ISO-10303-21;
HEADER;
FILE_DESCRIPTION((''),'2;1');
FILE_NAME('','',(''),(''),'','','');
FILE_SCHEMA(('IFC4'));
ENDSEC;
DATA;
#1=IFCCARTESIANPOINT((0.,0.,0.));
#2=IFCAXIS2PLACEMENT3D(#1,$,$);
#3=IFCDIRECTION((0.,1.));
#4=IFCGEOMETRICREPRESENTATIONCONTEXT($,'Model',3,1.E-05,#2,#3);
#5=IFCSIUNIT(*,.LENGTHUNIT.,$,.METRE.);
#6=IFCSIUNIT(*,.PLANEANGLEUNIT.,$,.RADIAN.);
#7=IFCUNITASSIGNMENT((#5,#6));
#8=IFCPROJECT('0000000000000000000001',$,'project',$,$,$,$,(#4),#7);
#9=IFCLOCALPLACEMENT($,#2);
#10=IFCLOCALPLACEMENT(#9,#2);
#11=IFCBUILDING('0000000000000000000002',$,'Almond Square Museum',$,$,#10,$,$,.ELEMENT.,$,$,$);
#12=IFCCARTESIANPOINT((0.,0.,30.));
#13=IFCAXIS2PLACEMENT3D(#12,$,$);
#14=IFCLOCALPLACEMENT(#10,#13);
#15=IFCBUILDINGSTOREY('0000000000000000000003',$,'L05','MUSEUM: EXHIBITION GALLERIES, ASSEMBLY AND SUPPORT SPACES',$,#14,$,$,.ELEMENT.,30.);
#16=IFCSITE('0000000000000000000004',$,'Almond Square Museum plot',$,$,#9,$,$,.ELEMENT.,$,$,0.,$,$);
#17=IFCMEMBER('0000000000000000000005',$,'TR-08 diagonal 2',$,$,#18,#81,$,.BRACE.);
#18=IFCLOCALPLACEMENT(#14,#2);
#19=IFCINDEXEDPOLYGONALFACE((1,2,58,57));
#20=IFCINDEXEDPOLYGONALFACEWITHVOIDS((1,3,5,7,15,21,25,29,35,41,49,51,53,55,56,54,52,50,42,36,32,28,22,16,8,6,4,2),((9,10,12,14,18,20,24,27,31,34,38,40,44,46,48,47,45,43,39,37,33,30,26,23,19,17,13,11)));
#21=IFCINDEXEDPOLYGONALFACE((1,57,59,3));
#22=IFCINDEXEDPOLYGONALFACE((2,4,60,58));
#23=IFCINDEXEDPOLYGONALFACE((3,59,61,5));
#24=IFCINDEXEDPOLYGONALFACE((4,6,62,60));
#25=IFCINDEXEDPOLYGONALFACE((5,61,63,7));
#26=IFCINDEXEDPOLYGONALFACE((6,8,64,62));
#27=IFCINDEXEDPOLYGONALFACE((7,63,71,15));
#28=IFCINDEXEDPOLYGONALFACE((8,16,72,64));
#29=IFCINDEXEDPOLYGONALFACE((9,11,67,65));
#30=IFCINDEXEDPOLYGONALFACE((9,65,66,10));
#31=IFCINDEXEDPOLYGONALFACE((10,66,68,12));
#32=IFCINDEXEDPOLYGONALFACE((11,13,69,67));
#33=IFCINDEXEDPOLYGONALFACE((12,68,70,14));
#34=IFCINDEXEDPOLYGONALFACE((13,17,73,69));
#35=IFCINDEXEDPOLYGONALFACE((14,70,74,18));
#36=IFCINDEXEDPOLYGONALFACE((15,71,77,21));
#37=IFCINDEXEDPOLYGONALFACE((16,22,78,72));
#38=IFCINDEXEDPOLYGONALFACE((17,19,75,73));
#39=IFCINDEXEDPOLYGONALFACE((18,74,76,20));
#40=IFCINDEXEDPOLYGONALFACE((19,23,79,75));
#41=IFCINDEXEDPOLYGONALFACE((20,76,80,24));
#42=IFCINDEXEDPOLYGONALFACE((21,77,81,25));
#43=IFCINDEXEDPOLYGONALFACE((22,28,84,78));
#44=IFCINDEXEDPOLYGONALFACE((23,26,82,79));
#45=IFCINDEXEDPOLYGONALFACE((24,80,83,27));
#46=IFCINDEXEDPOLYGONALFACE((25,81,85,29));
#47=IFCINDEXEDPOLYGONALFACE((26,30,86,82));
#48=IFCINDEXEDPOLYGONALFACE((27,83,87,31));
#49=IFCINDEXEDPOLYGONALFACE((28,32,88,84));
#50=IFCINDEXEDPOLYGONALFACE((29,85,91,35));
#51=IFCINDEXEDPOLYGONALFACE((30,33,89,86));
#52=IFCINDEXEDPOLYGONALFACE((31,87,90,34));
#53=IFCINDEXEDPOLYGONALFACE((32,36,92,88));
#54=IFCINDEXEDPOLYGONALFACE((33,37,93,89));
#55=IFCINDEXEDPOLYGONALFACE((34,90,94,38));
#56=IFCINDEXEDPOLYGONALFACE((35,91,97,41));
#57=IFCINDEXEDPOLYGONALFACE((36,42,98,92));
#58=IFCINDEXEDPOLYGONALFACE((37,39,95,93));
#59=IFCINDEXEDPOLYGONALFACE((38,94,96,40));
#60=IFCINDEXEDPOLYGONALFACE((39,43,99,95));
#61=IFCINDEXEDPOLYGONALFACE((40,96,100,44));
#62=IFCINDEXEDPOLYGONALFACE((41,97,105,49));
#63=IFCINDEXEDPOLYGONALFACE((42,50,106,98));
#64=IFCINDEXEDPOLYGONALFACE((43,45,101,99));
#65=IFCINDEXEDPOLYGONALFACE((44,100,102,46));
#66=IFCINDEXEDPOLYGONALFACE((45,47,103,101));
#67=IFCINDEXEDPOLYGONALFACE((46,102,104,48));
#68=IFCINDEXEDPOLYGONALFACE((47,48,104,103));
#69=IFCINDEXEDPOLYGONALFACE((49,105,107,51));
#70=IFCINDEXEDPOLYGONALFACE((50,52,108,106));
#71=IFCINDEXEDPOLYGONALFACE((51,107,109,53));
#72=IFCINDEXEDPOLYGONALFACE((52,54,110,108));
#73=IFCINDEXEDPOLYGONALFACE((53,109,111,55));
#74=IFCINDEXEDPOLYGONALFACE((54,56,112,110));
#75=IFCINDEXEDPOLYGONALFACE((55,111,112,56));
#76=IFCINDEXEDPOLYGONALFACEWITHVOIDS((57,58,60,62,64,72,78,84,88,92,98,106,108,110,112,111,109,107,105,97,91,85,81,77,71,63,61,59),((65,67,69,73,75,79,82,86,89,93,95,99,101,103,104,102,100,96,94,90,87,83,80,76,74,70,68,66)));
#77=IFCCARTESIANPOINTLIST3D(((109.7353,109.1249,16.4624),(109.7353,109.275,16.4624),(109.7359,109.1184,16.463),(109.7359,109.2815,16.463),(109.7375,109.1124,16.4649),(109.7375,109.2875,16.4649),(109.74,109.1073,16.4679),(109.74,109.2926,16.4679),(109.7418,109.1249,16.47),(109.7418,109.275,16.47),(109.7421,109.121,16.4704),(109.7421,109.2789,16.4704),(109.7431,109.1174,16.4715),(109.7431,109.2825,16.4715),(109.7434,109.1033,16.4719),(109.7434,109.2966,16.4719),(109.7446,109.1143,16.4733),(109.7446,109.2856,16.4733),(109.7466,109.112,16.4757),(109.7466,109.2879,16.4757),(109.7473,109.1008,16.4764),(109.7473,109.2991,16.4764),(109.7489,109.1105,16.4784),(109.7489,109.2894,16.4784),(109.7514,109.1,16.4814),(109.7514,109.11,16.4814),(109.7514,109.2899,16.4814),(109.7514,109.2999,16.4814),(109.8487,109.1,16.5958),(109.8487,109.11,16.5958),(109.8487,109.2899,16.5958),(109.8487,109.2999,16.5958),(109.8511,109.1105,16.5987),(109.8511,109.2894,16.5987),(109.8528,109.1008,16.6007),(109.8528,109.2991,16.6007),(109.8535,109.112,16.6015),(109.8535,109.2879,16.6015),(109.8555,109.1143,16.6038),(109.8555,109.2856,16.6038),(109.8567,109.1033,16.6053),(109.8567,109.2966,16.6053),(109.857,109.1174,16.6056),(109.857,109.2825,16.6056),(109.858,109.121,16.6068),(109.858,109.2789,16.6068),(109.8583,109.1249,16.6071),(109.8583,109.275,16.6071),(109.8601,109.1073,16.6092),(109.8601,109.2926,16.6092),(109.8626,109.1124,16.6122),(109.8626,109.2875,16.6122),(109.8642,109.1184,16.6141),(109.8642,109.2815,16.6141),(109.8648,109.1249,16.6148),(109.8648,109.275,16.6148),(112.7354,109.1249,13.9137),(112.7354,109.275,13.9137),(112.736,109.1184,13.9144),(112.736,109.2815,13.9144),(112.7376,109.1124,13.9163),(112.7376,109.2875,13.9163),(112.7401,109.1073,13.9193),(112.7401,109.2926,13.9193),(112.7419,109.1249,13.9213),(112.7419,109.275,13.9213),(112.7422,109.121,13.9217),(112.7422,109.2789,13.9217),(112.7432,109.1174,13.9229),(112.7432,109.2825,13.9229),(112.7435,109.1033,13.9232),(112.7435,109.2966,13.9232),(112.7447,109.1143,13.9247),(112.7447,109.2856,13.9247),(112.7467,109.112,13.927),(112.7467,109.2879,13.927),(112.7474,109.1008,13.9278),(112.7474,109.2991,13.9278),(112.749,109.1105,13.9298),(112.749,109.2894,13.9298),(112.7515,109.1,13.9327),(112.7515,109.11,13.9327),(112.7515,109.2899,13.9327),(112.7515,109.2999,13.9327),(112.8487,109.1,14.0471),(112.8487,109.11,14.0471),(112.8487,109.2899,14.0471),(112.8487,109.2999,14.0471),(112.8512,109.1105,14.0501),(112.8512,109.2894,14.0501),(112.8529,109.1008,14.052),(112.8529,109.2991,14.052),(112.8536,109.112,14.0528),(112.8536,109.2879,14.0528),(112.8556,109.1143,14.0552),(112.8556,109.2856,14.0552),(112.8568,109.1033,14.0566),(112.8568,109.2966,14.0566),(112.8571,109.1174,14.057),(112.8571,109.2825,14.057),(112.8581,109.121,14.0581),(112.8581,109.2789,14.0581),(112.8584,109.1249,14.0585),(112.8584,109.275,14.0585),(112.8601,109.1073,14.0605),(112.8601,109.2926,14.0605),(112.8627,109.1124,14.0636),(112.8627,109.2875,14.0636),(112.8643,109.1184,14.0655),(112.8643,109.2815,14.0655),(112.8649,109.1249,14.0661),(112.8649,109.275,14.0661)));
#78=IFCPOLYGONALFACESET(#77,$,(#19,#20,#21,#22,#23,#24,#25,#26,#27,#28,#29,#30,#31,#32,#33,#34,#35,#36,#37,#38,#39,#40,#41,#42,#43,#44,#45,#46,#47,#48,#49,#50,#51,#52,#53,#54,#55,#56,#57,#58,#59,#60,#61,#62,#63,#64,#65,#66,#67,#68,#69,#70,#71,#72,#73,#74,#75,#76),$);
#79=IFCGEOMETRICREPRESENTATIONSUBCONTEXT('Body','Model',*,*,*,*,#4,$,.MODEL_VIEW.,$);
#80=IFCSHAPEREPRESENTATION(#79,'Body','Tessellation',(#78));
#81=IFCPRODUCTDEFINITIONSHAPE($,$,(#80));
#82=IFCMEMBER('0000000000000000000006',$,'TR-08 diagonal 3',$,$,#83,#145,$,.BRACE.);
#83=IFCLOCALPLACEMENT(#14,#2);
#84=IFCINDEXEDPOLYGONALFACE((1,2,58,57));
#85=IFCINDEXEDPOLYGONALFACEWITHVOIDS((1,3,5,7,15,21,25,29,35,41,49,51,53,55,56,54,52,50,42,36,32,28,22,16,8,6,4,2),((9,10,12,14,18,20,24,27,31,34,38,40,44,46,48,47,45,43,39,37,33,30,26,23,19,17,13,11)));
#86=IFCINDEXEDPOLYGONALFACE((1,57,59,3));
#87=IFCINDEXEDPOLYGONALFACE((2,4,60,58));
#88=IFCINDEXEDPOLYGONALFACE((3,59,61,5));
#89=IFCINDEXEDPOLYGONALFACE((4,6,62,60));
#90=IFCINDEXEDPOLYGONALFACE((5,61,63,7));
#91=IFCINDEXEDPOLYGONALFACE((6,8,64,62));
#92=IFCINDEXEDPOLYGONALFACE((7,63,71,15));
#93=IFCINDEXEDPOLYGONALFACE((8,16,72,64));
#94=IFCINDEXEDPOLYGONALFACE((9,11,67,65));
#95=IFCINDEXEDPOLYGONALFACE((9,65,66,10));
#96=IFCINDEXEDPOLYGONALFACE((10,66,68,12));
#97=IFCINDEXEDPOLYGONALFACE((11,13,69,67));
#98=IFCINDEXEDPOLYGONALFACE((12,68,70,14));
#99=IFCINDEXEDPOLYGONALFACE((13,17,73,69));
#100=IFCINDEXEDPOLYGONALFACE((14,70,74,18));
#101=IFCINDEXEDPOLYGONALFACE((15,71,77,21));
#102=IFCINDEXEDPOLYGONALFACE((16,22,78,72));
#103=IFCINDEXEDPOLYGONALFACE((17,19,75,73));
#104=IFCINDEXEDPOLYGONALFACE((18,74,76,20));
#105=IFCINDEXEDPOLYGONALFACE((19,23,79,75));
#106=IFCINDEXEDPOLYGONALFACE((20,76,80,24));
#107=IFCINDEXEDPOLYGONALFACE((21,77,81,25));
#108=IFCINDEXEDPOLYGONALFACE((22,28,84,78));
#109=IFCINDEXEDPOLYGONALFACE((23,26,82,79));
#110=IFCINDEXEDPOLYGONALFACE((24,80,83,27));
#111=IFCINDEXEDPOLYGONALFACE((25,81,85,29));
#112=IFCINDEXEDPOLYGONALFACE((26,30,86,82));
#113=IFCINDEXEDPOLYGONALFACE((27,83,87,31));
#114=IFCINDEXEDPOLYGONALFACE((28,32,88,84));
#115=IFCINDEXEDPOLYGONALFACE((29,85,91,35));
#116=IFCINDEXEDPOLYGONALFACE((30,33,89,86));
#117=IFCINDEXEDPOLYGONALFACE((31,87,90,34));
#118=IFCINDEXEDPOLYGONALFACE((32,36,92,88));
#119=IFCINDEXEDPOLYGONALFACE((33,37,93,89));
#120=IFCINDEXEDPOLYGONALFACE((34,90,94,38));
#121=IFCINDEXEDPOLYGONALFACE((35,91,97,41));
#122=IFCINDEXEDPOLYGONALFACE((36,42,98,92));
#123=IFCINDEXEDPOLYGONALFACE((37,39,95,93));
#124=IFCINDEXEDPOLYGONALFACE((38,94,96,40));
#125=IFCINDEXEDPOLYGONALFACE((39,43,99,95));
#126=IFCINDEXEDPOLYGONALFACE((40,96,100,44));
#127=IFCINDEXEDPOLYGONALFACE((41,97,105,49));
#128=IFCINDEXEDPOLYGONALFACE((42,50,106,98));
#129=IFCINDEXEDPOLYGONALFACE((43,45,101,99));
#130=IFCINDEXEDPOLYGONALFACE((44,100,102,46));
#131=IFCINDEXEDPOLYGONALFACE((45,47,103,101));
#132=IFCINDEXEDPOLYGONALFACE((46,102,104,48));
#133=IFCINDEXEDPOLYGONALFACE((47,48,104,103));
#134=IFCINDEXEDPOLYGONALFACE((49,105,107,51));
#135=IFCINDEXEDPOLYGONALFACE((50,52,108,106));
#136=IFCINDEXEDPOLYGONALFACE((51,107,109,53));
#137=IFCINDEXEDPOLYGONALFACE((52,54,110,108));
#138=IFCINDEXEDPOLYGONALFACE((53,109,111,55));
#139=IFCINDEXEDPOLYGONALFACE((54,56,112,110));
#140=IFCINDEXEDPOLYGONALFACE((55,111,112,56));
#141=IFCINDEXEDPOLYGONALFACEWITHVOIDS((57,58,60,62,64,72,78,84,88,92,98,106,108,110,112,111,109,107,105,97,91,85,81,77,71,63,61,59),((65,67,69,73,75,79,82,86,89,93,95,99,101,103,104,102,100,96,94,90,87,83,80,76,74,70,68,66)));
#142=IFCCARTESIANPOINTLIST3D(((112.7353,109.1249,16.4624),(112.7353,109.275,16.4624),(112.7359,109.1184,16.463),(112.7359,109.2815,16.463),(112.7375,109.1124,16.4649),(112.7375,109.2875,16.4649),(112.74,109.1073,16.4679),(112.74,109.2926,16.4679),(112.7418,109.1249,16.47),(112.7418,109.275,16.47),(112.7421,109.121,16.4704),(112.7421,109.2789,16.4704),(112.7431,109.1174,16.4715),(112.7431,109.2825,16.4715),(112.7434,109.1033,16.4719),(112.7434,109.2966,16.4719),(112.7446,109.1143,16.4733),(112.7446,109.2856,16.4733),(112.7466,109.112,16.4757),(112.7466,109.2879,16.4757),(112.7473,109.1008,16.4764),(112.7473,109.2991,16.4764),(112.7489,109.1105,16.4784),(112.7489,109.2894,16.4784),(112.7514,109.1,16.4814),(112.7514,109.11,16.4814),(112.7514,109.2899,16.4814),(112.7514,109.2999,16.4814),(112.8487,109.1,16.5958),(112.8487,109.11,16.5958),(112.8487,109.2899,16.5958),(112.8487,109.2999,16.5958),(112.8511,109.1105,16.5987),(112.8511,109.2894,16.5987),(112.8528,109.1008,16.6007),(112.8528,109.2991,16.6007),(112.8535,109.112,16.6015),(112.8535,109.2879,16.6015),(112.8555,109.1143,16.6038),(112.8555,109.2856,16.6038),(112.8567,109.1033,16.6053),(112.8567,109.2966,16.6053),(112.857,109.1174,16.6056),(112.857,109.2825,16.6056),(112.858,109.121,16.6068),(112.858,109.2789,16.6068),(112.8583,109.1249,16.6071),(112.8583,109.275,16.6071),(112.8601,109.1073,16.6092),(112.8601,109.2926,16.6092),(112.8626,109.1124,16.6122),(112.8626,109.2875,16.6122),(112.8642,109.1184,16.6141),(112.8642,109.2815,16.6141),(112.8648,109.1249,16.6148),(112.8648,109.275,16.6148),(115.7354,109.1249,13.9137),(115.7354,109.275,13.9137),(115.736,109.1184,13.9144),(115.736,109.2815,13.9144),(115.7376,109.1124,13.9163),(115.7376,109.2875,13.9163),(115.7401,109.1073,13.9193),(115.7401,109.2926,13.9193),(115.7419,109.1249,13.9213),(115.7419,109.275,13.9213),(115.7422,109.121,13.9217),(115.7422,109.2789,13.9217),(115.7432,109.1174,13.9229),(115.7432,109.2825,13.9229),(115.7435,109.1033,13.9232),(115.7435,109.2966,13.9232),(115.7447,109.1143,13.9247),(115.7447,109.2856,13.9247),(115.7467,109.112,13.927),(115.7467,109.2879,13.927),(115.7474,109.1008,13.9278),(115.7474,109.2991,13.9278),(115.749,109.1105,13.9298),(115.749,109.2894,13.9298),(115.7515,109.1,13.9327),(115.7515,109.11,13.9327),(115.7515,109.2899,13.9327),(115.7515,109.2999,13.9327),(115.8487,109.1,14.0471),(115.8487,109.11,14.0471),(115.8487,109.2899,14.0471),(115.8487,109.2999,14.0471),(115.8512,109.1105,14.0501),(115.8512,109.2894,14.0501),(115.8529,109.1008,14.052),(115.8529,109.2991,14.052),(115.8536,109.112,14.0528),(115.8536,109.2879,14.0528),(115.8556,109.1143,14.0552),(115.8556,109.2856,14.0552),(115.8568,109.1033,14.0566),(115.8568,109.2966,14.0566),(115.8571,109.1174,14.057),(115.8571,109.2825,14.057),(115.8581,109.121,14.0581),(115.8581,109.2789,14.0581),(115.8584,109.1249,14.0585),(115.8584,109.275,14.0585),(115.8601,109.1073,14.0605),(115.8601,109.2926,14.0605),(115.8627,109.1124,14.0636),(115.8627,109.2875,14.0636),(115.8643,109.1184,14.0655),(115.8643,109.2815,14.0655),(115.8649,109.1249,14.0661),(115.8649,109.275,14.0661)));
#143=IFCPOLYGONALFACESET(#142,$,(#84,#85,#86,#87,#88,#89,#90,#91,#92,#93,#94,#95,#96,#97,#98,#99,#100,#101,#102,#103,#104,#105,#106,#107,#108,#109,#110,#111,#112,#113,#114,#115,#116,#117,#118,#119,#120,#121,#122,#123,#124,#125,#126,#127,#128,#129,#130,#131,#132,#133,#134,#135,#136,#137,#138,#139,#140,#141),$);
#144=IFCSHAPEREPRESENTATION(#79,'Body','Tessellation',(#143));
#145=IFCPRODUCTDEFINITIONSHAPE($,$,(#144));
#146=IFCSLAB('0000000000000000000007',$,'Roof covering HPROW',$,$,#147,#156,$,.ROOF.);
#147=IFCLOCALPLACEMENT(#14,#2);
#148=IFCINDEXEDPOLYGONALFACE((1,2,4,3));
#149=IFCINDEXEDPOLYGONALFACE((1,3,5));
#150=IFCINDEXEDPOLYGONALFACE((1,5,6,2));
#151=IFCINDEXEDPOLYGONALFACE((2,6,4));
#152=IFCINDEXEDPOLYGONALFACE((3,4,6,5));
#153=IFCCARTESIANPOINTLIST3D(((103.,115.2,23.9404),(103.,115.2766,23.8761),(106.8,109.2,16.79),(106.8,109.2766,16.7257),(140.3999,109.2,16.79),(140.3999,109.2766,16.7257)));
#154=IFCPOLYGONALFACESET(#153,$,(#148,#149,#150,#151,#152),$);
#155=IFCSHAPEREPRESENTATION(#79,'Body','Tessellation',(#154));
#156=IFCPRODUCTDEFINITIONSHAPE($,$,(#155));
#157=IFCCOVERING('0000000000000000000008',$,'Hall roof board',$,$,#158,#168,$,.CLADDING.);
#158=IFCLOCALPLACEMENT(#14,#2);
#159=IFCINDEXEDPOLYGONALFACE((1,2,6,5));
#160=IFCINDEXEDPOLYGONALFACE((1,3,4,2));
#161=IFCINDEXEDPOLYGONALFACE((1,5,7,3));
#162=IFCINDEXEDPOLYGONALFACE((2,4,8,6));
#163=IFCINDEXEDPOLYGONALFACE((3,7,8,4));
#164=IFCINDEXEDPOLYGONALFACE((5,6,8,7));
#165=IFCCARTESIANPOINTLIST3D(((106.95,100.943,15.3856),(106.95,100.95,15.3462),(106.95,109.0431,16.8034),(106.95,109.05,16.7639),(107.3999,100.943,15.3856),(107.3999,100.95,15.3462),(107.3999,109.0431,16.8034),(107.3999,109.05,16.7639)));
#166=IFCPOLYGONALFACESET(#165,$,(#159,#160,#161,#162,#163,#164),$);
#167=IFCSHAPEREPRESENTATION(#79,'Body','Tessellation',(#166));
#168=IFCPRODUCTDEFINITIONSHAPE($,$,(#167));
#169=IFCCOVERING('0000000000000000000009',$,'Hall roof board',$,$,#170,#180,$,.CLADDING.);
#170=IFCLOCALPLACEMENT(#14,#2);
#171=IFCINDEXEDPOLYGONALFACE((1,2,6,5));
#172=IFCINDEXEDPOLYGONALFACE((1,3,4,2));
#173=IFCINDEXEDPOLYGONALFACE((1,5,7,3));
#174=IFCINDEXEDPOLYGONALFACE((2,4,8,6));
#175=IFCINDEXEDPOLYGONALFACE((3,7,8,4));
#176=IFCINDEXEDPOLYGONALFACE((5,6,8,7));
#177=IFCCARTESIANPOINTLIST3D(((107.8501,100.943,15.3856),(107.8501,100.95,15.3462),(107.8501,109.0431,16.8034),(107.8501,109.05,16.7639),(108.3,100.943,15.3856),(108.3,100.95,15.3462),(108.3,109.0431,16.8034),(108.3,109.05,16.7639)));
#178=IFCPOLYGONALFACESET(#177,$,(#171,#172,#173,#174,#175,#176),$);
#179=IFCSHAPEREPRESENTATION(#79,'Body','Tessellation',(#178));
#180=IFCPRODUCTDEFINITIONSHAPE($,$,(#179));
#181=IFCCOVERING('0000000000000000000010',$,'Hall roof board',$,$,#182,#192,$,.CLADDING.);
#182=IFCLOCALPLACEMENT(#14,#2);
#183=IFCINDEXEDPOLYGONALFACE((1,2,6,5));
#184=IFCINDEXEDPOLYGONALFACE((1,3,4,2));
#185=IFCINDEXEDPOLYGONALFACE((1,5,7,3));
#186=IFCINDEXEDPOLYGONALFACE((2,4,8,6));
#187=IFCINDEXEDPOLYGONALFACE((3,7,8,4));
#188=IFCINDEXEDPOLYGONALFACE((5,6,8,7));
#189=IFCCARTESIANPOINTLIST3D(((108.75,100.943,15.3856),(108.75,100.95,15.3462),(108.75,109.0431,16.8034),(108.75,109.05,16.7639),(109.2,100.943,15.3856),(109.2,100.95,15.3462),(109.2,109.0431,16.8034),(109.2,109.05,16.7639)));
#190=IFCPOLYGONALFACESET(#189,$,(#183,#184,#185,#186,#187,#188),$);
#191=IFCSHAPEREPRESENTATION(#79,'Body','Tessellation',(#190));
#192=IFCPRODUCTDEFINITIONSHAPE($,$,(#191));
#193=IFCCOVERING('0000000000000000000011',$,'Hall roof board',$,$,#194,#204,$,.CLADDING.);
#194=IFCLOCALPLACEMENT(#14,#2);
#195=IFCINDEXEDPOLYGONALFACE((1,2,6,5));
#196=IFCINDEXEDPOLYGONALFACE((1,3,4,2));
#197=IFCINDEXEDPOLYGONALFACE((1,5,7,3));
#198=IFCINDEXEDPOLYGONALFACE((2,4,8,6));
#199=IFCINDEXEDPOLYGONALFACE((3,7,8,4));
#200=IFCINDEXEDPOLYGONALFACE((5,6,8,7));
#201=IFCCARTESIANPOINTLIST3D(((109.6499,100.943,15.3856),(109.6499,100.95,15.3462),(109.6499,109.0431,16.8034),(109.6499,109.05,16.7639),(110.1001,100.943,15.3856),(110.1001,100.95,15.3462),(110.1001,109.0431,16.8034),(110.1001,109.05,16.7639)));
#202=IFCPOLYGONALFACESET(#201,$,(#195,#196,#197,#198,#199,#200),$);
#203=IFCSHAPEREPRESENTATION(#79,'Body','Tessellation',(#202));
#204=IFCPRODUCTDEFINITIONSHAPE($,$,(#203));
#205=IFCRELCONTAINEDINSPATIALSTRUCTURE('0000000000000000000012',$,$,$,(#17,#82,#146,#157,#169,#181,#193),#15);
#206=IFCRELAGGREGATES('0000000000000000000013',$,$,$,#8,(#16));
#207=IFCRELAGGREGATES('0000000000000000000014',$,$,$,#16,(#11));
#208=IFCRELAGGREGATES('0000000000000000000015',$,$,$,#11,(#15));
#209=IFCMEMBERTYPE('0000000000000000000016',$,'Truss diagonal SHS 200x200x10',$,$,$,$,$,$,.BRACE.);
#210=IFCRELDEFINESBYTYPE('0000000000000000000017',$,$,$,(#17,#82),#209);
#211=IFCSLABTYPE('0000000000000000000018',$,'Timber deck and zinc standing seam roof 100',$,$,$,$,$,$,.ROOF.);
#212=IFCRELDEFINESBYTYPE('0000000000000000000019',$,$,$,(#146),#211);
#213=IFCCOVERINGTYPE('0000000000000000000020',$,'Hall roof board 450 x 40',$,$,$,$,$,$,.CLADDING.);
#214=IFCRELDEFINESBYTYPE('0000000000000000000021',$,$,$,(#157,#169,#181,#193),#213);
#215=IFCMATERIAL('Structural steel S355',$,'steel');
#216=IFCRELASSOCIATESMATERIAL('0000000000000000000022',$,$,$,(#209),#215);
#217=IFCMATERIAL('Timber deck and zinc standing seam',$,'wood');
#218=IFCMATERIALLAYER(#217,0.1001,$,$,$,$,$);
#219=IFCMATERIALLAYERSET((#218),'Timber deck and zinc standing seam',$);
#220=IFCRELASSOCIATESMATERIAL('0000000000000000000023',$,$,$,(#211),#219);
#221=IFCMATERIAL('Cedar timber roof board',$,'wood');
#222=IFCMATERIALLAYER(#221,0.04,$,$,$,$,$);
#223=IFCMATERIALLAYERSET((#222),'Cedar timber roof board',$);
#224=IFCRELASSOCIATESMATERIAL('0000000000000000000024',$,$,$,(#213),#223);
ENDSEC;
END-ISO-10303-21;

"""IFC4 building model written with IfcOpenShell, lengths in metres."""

from ifc_helpers import new_model, si_unit, direction, frame, origin, origin_2d, place, context, subcontext, project, spatial, polyline, hollow_rectangle, outline, extrude, material, layer, layer_set, material_profile, profile_set, type_object, element, save


model = new_model("IFC4")

# Units and contexts
model_context = context("Model", 3, precision=1e-05, world=origin(), true_north=direction((0.0, 1.0)))
body_context = subcontext(model_context, "Body", "Model", "MODEL_VIEW")
ifc_project = project(units=[si_unit("LENGTHUNIT", "METRE"), si_unit("PLANEANGLEUNIT", "RADIAN")], contexts=[model_context])

# Site, building, storey
site_placement = place(None, origin())
site = spatial("IfcSite", under=ifc_project, at=site_placement, Name="Almond Square Museum plot", CompositionType="ELEMENT", RefElevation=0.0)
building_placement = place(site_placement, origin())
building = spatial("IfcBuilding", under=site, at=building_placement, Name="Almond Square Museum", CompositionType="ELEMENT")
storey_placement = place(building_placement, frame((0.0, 0.0, 30.0)))
storey = spatial("IfcBuildingStorey", under=building, at=storey_placement, Name="L05", Description="MUSEUM: EXHIBITION GALLERIES, ASSEMBLY AND SUPPORT SPACES", CompositionType="ELEMENT", Elevation=30.0)

# Members
ifc_material_1 = material(Name="Structural steel S355", Category="steel")
ifc_material_profile_1 = material_profile(ifc_material_1, hollow_rectangle(XDim=0.2, YDim=0.2, WallThickness=0.01, InnerFilletRadius=0.0149, OuterFilletRadius=0.0249, at=origin_2d()))
ifc_profile_set_1 = profile_set([ifc_material_profile_1], Name="Structural steel S355")
member_type_1 = type_object("IfcMemberType", Name="Truss diagonal SHS 200x200x10", PredefinedType="BRACE", material=ifc_profile_set_1)
for number, where, z_axis, x_axis, name in (
    (1, (109.8, 109.2, 16.5386), (0.762117, 0.0, -0.64744), (0.0, 1.0, 0.0), "TR-08 diagonal 2"),
    (2, (112.8, 109.2, 16.5386), (0.762117, 0.0, -0.64744), (0.0, 1.0, 0.0), "TR-08 diagonal 3"),
):
    element("IfcMember", number, at=place(storey_placement, frame(where, z_axis=z_axis, x_axis=x_axis)), inside=storey, type_object=member_type_1, Name=name, PredefinedType="BRACE", context=body_context, shape_type="SweptSolid", body=[
        extrude(hollow_rectangle(XDim=0.2, YDim=0.2, WallThickness=0.01, InnerFilletRadius=0.0149, OuterFilletRadius=0.0249, at=origin_2d()), origin(), (0.0, 0.0, 1.0), 3.9365),
    ])

# Slab
ifc_material_2 = material(Name="Timber deck and zinc standing seam", Category="wood")
ifc_layer_1 = layer(ifc_material_2, 0.1001)
ifc_layer_set_1 = layer_set([ifc_layer_1], Name="Timber deck and zinc standing seam")
slab_type = type_object("IfcSlabType", Name="Timber deck and zinc standing seam roof 100", PredefinedType="ROOF", material=ifc_layer_set_1)
slab_placement = place(storey_placement, frame((106.8, 109.2, 16.79), z_axis=(0.0, -0.766039, 0.642795), x_axis=(1.0, 0.0, 0.0)))
element("IfcSlab", 3, at=slab_placement, inside=storey, type_object=slab_type, Name="Roof covering HPROW", PredefinedType="ROOF", context=body_context, shape_type="SweptSolid", body=[
    extrude(outline(polyline([(0.0, 0.0), (33.5999, 0.0), (-3.8, 9.3342), (0.0, 0.0)])), origin(), (0.0, 0.0, -1.0), 0.1001),
])

# Coverings
ifc_material_3 = material(Name="Cedar timber roof board", Category="wood")
ifc_layer_2 = layer(ifc_material_3, 0.04)
ifc_layer_set_2 = layer_set([ifc_layer_2], Name="Cedar timber roof board")
covering_type = type_object("IfcCoveringType", Name="Hall roof board 450 x 40", PredefinedType="CLADDING", material=ifc_layer_set_2)
for number, where, z_axis, x_axis, name in (
    (4, (107.3999, 109.05, 16.7639), (0.0, -0.172405, 0.985026), (-1.0, 0.0, 0.0), "Hall roof board"),
    (5, (108.3, 109.05, 16.7639), (0.0, -0.172405, 0.985026), (-1.0, 0.0, 0.0), "Hall roof board"),
    (6, (109.2, 109.05, 16.7639), (0.0, -0.172405, 0.985026), (-1.0, 0.0, 0.0), "Hall roof board"),
):
    element("IfcCovering", number, at=place(storey_placement, frame(where, z_axis=z_axis, x_axis=x_axis)), inside=storey, type_object=covering_type, Name=name, PredefinedType="CLADDING", context=body_context, shape_type="SweptSolid", body=[
        extrude(outline(polyline([(0.0, 0.0), (0.45, 0.0), (0.45, 8.2232), (0.0, 8.2232), (0.0, 0.0)])), origin(), (0.0, 0.0, 1.0), 0.04),
    ])
covering_1_placement = place(storey_placement, frame((110.1001, 109.05, 16.7639), z_axis=(0.0, -0.172405, 0.985026), x_axis=(-1.0, 0.0, 0.0)))
element("IfcCovering", 7, at=covering_1_placement, inside=storey, type_object=covering_type, Name="Hall roof board", PredefinedType="CLADDING", context=body_context, shape_type="SweptSolid", body=[
    extrude(outline(polyline([(0.0, 0.0), (0.4502, 0.0), (0.4502, 8.2232), (0.0, 8.2232), (0.0, 0.0)])), origin(), (0.0, 0.0, 1.0), 0.04),
])

save(model, "model.ifc")
